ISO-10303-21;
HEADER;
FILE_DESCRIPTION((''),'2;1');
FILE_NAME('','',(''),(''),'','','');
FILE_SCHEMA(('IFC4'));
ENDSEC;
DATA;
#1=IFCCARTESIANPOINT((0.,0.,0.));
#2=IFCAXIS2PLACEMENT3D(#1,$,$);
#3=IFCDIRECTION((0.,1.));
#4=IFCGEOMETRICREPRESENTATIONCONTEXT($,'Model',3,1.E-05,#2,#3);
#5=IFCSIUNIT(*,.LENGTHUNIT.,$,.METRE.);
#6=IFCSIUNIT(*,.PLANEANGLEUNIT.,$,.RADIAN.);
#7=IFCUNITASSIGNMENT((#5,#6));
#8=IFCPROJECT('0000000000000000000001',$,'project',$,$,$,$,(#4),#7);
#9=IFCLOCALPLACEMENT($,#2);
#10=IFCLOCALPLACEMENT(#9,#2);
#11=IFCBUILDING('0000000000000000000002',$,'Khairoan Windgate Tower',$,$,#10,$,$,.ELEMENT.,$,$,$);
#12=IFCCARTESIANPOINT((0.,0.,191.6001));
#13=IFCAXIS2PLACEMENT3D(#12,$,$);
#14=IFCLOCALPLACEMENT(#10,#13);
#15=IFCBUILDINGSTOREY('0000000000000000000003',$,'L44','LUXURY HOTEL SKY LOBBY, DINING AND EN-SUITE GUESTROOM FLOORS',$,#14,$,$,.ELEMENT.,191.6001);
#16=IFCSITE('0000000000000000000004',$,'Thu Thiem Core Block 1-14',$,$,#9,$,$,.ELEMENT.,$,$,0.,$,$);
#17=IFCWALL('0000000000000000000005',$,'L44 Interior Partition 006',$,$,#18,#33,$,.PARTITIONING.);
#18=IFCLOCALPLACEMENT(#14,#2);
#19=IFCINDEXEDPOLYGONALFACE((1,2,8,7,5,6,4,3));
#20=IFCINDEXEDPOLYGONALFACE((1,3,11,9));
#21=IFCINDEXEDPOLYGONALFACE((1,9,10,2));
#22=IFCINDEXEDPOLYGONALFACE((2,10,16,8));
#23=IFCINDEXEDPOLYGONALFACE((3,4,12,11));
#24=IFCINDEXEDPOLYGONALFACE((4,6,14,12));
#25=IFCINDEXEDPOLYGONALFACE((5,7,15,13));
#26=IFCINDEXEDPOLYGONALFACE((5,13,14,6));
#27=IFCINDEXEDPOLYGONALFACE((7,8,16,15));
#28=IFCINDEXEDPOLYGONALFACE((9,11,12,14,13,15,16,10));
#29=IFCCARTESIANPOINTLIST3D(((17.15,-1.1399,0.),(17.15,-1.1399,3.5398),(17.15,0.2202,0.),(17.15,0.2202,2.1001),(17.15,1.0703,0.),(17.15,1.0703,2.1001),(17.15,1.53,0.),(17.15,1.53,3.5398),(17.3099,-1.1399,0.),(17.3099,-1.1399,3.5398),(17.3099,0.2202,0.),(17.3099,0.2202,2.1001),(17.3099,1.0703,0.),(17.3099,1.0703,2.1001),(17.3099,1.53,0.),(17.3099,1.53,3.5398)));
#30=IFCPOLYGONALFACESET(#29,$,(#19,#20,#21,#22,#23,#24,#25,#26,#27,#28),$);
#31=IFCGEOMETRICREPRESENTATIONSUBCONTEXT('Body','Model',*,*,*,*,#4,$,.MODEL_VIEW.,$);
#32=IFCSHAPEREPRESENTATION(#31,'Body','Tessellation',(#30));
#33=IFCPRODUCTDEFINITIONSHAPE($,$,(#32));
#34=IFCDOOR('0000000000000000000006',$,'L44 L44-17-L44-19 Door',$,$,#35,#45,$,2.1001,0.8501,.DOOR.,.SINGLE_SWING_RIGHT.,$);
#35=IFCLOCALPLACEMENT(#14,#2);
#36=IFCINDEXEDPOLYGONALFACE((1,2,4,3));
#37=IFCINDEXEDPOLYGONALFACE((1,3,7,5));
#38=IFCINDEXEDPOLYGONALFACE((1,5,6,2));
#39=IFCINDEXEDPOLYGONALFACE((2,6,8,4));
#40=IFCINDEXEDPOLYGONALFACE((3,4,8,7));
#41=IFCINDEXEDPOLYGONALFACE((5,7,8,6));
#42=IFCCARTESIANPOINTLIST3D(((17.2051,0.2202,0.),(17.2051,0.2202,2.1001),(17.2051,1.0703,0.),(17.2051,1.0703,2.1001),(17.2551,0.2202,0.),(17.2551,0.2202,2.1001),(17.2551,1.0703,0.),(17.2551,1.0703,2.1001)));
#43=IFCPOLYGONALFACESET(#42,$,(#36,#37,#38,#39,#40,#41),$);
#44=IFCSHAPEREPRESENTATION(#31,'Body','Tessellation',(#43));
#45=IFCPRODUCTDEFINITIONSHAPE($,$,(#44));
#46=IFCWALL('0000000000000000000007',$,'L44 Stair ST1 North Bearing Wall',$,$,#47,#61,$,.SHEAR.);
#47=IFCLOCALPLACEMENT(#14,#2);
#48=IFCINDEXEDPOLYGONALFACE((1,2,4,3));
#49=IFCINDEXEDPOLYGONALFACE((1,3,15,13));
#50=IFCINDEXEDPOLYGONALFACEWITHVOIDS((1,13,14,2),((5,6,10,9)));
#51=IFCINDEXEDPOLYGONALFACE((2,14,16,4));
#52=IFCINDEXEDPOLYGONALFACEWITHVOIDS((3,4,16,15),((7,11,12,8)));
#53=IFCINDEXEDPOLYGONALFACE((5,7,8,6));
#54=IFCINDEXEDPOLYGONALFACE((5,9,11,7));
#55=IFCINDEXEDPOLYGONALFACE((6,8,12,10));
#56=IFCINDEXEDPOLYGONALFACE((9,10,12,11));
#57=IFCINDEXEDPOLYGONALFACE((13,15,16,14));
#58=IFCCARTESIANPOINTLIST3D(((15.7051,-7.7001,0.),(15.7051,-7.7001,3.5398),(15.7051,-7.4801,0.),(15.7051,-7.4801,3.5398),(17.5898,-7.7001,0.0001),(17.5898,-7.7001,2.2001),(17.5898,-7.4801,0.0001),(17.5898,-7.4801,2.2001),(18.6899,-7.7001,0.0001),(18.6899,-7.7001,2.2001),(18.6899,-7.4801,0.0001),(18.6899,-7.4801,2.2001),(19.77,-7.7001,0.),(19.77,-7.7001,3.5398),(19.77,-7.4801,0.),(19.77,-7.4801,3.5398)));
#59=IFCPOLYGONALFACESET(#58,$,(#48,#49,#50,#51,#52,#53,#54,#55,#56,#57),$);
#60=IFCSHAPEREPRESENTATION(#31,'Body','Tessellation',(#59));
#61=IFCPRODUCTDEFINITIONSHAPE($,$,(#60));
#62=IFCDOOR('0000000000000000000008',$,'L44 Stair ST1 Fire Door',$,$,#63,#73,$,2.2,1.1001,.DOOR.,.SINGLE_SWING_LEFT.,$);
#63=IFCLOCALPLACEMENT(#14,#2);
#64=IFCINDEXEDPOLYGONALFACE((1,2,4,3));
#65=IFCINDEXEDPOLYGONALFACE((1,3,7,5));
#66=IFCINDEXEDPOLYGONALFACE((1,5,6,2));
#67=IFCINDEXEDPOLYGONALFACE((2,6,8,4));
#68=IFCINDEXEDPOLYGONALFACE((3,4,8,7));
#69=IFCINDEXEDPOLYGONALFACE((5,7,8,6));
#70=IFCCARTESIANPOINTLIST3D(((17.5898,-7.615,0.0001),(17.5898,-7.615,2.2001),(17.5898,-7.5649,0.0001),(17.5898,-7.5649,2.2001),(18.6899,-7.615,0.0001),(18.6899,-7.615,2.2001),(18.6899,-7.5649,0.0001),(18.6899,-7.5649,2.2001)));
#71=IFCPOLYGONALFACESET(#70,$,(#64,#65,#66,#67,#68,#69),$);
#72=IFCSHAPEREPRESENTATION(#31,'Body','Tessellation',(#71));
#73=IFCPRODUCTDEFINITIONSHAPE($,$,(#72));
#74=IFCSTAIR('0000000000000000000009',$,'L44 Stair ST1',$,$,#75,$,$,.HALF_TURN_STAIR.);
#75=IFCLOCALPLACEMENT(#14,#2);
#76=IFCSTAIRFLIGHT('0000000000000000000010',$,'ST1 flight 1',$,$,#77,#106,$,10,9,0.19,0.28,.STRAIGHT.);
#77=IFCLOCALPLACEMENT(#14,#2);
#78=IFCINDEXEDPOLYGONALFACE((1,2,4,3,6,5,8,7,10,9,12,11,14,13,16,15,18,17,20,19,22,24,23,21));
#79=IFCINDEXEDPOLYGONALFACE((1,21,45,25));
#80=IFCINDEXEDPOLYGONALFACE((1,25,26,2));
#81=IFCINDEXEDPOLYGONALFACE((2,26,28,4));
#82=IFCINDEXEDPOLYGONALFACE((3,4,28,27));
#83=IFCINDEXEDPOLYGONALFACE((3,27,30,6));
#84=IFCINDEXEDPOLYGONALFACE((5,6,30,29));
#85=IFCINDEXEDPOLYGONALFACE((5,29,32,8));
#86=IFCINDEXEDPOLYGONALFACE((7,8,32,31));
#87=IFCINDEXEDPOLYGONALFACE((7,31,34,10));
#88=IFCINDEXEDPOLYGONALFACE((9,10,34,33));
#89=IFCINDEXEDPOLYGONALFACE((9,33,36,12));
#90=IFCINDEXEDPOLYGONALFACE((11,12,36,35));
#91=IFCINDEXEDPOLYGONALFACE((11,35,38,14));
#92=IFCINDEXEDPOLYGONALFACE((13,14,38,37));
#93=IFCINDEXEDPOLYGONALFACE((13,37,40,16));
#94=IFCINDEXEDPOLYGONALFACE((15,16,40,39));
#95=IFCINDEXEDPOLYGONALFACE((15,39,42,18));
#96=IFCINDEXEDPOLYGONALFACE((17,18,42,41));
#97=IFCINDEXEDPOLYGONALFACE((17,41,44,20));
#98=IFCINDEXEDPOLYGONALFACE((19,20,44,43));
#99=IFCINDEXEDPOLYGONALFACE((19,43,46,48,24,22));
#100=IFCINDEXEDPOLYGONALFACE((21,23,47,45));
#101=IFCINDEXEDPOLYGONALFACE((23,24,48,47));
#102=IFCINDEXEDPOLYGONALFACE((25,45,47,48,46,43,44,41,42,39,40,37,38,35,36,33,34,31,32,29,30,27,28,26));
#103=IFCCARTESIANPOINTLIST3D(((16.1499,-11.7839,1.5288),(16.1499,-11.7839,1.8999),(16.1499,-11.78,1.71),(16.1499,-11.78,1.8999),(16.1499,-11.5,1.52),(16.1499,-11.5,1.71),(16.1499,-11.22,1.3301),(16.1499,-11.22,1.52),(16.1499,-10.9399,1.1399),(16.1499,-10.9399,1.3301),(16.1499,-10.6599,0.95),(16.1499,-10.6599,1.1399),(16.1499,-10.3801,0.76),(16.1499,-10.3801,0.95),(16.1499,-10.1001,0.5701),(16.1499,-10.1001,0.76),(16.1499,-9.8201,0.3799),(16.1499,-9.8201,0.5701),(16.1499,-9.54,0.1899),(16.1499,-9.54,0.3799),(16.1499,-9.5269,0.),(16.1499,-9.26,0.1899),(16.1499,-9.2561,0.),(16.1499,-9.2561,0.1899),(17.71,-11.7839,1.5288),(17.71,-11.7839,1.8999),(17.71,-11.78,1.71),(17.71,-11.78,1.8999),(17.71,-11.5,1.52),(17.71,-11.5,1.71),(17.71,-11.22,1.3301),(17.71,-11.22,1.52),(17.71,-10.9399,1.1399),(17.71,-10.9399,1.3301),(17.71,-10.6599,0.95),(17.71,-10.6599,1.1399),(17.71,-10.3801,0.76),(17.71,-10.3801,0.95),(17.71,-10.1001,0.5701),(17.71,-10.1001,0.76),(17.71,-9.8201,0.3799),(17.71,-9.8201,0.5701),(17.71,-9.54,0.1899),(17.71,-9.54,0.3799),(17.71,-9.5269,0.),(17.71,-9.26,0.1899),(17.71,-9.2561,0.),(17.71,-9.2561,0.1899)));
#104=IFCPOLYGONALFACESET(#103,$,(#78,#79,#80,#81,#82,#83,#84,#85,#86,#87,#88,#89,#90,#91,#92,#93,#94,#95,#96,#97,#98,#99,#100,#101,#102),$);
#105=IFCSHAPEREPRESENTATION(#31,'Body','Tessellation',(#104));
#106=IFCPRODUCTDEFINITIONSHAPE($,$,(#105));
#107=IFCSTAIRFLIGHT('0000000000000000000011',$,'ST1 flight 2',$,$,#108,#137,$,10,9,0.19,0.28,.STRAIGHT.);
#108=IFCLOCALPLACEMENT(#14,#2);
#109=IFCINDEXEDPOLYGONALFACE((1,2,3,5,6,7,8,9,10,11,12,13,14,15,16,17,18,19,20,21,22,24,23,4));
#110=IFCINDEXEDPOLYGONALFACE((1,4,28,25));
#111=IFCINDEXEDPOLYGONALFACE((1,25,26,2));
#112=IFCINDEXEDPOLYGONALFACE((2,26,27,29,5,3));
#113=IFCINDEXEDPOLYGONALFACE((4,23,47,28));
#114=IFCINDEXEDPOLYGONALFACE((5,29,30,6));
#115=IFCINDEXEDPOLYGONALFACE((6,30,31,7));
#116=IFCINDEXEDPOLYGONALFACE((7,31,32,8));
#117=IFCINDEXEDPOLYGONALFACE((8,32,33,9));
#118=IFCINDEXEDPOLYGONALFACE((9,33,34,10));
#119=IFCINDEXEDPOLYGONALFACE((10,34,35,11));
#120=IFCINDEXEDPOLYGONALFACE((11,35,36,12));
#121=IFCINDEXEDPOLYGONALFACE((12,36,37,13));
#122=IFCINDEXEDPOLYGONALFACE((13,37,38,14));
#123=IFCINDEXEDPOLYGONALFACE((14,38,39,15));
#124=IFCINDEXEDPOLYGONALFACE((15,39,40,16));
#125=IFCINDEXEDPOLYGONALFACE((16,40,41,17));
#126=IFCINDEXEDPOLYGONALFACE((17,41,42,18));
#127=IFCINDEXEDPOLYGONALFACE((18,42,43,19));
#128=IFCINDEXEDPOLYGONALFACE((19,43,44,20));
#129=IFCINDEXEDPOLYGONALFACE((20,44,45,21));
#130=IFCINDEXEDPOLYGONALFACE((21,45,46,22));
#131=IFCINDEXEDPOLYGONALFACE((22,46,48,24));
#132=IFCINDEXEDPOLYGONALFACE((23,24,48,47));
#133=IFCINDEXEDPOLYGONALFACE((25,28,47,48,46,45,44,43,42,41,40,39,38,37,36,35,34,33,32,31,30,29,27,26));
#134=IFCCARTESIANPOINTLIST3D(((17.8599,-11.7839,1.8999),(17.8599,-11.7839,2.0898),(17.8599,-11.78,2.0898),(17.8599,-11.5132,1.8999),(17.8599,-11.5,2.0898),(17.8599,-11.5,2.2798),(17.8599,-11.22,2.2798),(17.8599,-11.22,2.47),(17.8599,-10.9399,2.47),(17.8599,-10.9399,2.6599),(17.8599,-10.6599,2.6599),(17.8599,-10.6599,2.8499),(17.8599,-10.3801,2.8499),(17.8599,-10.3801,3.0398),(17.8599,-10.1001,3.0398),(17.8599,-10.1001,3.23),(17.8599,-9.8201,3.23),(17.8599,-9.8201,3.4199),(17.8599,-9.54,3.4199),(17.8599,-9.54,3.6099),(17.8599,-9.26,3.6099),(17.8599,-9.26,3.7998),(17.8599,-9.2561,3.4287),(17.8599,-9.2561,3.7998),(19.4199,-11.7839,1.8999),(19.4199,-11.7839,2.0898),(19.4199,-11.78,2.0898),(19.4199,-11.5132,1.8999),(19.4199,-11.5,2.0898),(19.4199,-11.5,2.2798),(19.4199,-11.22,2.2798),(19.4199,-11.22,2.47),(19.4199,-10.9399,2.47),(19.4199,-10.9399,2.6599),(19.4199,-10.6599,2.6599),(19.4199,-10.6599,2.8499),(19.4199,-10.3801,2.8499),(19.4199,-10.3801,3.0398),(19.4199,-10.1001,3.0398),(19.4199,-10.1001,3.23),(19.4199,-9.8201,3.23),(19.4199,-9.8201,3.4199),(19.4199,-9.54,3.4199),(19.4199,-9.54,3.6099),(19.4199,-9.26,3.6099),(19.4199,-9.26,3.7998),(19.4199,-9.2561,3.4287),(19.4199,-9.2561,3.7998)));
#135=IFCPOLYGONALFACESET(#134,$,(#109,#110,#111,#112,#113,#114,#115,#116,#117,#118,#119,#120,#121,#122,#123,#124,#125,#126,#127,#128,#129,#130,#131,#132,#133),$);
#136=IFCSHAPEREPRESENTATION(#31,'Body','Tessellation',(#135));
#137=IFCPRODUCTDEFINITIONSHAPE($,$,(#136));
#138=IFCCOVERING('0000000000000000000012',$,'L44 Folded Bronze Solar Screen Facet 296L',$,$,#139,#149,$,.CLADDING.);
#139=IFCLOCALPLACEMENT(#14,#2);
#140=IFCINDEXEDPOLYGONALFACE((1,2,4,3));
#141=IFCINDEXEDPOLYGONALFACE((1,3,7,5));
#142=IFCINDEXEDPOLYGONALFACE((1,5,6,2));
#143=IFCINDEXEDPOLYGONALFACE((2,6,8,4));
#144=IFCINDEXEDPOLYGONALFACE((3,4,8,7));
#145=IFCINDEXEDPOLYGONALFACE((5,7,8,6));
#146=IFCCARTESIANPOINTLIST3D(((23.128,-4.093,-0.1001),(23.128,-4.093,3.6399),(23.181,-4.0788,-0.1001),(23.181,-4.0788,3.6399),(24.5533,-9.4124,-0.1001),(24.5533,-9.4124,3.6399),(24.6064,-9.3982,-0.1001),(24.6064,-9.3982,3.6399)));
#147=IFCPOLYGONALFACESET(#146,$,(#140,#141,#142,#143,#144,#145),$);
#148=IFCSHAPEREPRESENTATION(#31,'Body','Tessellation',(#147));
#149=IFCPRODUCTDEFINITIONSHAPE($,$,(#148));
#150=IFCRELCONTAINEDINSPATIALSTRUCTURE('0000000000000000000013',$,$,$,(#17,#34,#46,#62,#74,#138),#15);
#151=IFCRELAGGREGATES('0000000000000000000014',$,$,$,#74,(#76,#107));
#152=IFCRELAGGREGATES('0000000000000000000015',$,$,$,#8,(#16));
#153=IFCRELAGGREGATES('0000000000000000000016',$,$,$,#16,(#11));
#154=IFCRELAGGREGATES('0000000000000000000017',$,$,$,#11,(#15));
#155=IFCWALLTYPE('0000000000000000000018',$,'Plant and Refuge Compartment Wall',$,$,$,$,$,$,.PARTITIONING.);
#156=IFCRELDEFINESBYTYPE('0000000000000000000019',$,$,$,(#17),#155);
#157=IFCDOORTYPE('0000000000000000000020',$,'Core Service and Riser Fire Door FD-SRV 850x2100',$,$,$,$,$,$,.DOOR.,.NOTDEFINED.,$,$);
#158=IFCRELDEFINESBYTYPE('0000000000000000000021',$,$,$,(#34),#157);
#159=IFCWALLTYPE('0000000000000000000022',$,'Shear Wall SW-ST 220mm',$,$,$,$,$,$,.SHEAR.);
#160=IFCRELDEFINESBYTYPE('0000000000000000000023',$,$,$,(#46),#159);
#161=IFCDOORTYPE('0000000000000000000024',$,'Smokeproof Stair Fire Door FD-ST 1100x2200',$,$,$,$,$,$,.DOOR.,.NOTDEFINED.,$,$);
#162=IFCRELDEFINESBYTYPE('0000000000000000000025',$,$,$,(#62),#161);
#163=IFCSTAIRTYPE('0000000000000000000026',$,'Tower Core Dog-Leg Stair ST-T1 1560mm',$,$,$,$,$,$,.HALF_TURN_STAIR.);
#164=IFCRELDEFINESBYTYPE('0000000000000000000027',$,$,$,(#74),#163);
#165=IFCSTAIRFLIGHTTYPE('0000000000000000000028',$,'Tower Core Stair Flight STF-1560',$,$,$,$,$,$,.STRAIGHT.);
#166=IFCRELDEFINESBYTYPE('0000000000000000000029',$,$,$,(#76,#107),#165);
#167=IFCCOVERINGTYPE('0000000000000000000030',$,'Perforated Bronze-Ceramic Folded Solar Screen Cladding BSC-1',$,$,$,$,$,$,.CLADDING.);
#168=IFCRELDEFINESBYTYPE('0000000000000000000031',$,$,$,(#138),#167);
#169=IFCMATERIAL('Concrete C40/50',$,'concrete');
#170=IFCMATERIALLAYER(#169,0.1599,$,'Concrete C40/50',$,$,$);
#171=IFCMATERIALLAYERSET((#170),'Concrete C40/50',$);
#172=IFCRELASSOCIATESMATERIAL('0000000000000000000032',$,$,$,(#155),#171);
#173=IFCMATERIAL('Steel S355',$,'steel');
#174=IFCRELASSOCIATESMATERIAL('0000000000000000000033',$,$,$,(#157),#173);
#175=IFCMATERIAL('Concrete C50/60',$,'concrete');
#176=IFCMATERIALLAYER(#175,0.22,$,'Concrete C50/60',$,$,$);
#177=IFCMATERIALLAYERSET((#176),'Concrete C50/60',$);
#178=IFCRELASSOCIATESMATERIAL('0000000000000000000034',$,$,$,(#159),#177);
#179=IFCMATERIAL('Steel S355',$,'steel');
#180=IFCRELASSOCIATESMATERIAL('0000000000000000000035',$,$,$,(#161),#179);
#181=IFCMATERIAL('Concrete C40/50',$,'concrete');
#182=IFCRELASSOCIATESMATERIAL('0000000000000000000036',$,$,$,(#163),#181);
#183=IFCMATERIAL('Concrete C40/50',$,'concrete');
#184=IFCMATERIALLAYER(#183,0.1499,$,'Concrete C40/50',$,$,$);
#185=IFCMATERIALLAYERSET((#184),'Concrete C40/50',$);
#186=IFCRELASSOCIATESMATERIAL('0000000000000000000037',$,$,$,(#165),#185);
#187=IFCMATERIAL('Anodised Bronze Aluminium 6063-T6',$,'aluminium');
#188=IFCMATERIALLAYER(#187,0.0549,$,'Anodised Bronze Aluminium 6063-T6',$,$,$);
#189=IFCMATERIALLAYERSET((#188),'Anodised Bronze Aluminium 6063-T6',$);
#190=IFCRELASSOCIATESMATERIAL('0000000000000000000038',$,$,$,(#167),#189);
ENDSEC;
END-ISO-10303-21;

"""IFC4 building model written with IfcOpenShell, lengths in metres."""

from ifc_helpers import new_model, si_unit, direction, frame, frame_2d, origin, origin_2d, place, context, subcontext, project, spatial, polyline, rectangle, outline, extrude, material, layer, layer_set, type_object, element, fill, aggregate, save


model = new_model("IFC4")

# Units and contexts
model_context = context("Model", 3, precision=1e-05, world=origin(), true_north=direction((0.0, 1.0)))
body_context = subcontext(model_context, "Body", "Model", "MODEL_VIEW")
ifc_project = project(units=[si_unit("LENGTHUNIT", "METRE"), si_unit("PLANEANGLEUNIT", "RADIAN")], contexts=[model_context])

# Site, building, storey
site_placement = place(None, origin())
site = spatial("IfcSite", under=ifc_project, at=site_placement, Name="Thu Thiem Core Block 1-14", CompositionType="ELEMENT", RefElevation=0.0)
building_placement = place(site_placement, origin())
building = spatial("IfcBuilding", under=site, at=building_placement, Name="Khairoan Windgate Tower", CompositionType="ELEMENT")
storey_placement = place(building_placement, frame((0.0, 0.0, 191.6001)))
storey = spatial("IfcBuildingStorey", under=building, at=storey_placement, Name="L44", Description="LUXURY HOTEL SKY LOBBY, DINING AND EN-SUITE GUESTROOM FLOORS", CompositionType="ELEMENT", Elevation=191.6001)

# Walls, openings, doors
ifc_material_1 = material(Name="Concrete C40/50", Category="concrete")
ifc_layer_1 = layer(ifc_material_1, 0.1599, Name="Concrete C40/50")
ifc_layer_set_1 = layer_set([ifc_layer_1], Name="Concrete C40/50")
wall_type_1 = type_object("IfcWallType", Name="Plant and Refuge Compartment Wall", PredefinedType="PARTITIONING", material=ifc_layer_set_1)
wall_1_placement = place(storey_placement, frame((17.23, -1.1399, 0.0), z_axis=(0.0, 0.0, 1.0), x_axis=(0.0, 1.0, 0.0)))
wall_1 = element("IfcWall", 1, at=wall_1_placement, inside=storey, type_object=wall_type_1, Name="L44 Interior Partition 006", PredefinedType="PARTITIONING", context=body_context, shape_type="SweptSolid", body=[
    extrude(rectangle(XDim=2.6699, YDim=0.1599, at=frame_2d((1.335, 0.0))), origin(), (0.0, 0.0, 1.0), 3.5398),
])
opening_1_placement = place(wall_1_placement, frame((1.3601, 0.0, 0.0)))
opening_1 = element("IfcOpeningElement", 2, at=opening_1_placement, cuts=wall_1, PredefinedType="OPENING", context=body_context, shape_type="SweptSolid", body=[
    extrude(rectangle(XDim=0.8501, YDim=2.1001, at=frame_2d((0.425, 1.05))), frame((0.0, 0.0898, 0.0), z_axis=(0.0, -1.0, 0.0), x_axis=(1.0, 0.0, 0.0)), (0.0, 0.0, 1.0), 0.1799),
])
ifc_material_2 = material(Name="Steel S355", Category="steel")
door_type_1 = type_object("IfcDoorType", Name="Core Service and Riser Fire Door FD-SRV 850x2100", OperationType="NOTDEFINED", PredefinedType="DOOR", material=ifc_material_2)
door_1_placement = place(opening_1_placement, origin())
door_1 = element("IfcDoor", 3, at=door_1_placement, inside=storey, type_object=door_type_1, Name="L44 L44-17-L44-19 Door", OperationType="SINGLE_SWING_RIGHT", OverallHeight=2.1001, OverallWidth=0.8501, PredefinedType="DOOR", context=body_context, shape_type="SweptSolid", body=[
    extrude(rectangle(XDim=0.8501, YDim=2.1001, at=frame_2d((0.425, 1.05))), frame((0.0, 0.0249, 0.0), z_axis=(0.0, -1.0, 0.0), x_axis=(1.0, 0.0, 0.0)), (0.0, 0.0, 1.0), 0.05),
])
fill(opening_1, door_1)
ifc_material_3 = material(Name="Concrete C50/60", Category="concrete")
ifc_layer_2 = layer(ifc_material_3, 0.22, Name="Concrete C50/60")
ifc_layer_set_2 = layer_set([ifc_layer_2], Name="Concrete C50/60")
wall_type_2 = type_object("IfcWallType", Name="Shear Wall SW-ST 220mm", PredefinedType="SHEAR", material=ifc_layer_set_2)
wall_2_placement = place(storey_placement, frame((19.77, -7.5901, 0.0), z_axis=(0.0, 0.0, 1.0), x_axis=(-1.0, 0.0, 0.0)))
wall_2 = element("IfcWall", 4, at=wall_2_placement, inside=storey, type_object=wall_type_2, Name="L44 Stair ST1 North Bearing Wall", PredefinedType="SHEAR", context=body_context, shape_type="SweptSolid", body=[
    extrude(rectangle(XDim=4.0649, YDim=0.22, at=frame_2d((2.0325, 0.0))), origin(), (0.0, 0.0, 1.0), 3.5398),
])
opening_2_placement = place(wall_2_placement, frame((1.0801, 0.0, 0.0)))
opening_2 = element("IfcOpeningElement", 5, at=opening_2_placement, cuts=wall_2, PredefinedType="OPENING", context=body_context, shape_type="SweptSolid", body=[
    extrude(rectangle(XDim=1.1001, YDim=2.2, at=frame_2d((0.55, 1.1001))), frame((0.0, 0.1199, 0.0), z_axis=(0.0, -1.0, 0.0), x_axis=(1.0, 0.0, 0.0)), (0.0, 0.0, 1.0), 0.24),
])
ifc_material_4 = material(Name="Steel S355", Category="steel")
door_type_2 = type_object("IfcDoorType", Name="Smokeproof Stair Fire Door FD-ST 1100x2200", OperationType="NOTDEFINED", PredefinedType="DOOR", material=ifc_material_4)
door_2_placement = place(opening_2_placement, origin())
door_2 = element("IfcDoor", 6, at=door_2_placement, inside=storey, type_object=door_type_2, Name="L44 Stair ST1 Fire Door", OperationType="SINGLE_SWING_LEFT", OverallHeight=2.2, OverallWidth=1.1001, PredefinedType="DOOR", context=body_context, shape_type="SweptSolid", body=[
    extrude(rectangle(XDim=1.1001, YDim=2.2, at=frame_2d((0.55, 1.1001))), frame((0.0, 0.0249, 0.0), z_axis=(0.0, -1.0, 0.0), x_axis=(1.0, 0.0, 0.0)), (0.0, 0.0, 1.0), 0.05),
])
fill(opening_2, door_2)

# Stair, stair flights
ifc_material_5 = material(Name="Concrete C40/50", Category="concrete")
stair_type = type_object("IfcStairType", Name="Tower Core Dog-Leg Stair ST-T1 1560mm", PredefinedType="HALF_TURN_STAIR", material=ifc_material_5)
stair_placement = place(storey_placement, origin())
stair = element("IfcStair", 7, at=stair_placement, inside=storey, type_object=stair_type, Name="L44 Stair ST1", PredefinedType="HALF_TURN_STAIR")
ifc_material_6 = material(Name="Concrete C40/50", Category="concrete")
ifc_layer_3 = layer(ifc_material_6, 0.1499, Name="Concrete C40/50")
ifc_layer_set_3 = layer_set([ifc_layer_3], Name="Concrete C40/50")
stair_flight_type = type_object("IfcStairFlightType", Name="Tower Core Stair Flight STF-1560", PredefinedType="STRAIGHT", material=ifc_layer_set_3)
stair_flight_1_placement = place(storey_placement, frame((16.9299, -9.26, 0.0), z_axis=(0.0, 0.0, 1.0), x_axis=(0.0, -1.0, 0.0)))
stair_flight_1 = element("IfcStairFlight", 8, at=stair_flight_1_placement, type_object=stair_flight_type, Name="ST1 flight 1", NumberOfRisers=10, NumberOfTreads=9, PredefinedType="STRAIGHT", RiserHeight=0.19, TreadLength=0.28, context=body_context, shape_type="SweptSolid", body=[
    extrude(outline(polyline([(-0.0039, 0.0), (-0.0039, 0.1899), (0.0, 0.1899), (0.28, 0.1899), (0.28, 0.3799), (0.5601, 0.3799), (0.5601, 0.5701), (0.8401, 0.5701), (0.8401, 0.76), (1.1201, 0.76), (1.1201, 0.95), (1.3999, 0.95), (1.3999, 1.1399), (1.6799, 1.1399), (1.6799, 1.3301), (1.96, 1.3301), (1.96, 1.52), (2.24, 1.52), (2.24, 1.71), (2.52, 1.71), (2.52, 1.8999), (2.5239, 1.8999), (2.5239, 1.5288), (0.2668, 0.0), (-0.0039, 0.0)])), frame((0.0, 0.78, 0.0), z_axis=(0.0, -1.0, 0.0), x_axis=(1.0, 0.0, 0.0)), (0.0, 0.0, 1.0), 1.5601),
])
stair_flight_2_placement = place(storey_placement, frame((18.6399, -11.78, 1.8999), z_axis=(0.0, 0.0, 1.0), x_axis=(0.0, 1.0, 0.0)))
stair_flight_2 = element("IfcStairFlight", 9, at=stair_flight_2_placement, type_object=stair_flight_type, Name="ST1 flight 2", NumberOfRisers=10, NumberOfTreads=9, PredefinedType="STRAIGHT", RiserHeight=0.19, TreadLength=0.28, context=body_context, shape_type="SweptSolid", body=[
    extrude(outline(polyline([(-0.0039, 0.0), (-0.0039, 0.1899), (0.0, 0.1899), (0.28, 0.1899), (0.28, 0.3799), (0.5601, 0.3799), (0.5601, 0.5701), (0.8401, 0.5701), (0.8401, 0.76), (1.1201, 0.76), (1.1201, 0.95), (1.3999, 0.95), (1.3999, 1.1399), (1.6799, 1.1399), (1.6799, 1.3301), (1.96, 1.3301), (1.96, 1.52), (2.24, 1.52), (2.24, 1.71), (2.52, 1.71), (2.52, 1.8999), (2.5239, 1.8999), (2.5239, 1.5288), (0.2668, 0.0), (-0.0039, 0.0)])), frame((0.0, 0.78, 0.0), z_axis=(0.0, -1.0, 0.0), x_axis=(1.0, 0.0, 0.0)), (0.0, 0.0, 1.0), 1.5601),
])
aggregate(stair, [stair_flight_1, stair_flight_2])

# Covering
ifc_material_7 = material(Name="Anodised Bronze Aluminium 6063-T6", Category="aluminium")
ifc_layer_4 = layer(ifc_material_7, 0.0549, Name="Anodised Bronze Aluminium 6063-T6")
ifc_layer_set_4 = layer_set([ifc_layer_4], Name="Anodised Bronze Aluminium 6063-T6")
covering_type = type_object("IfcCoveringType", Name="Perforated Bronze-Ceramic Folded Solar Screen Cladding BSC-1", PredefinedType="CLADDING", material=ifc_layer_set_4)
covering_placement = place(storey_placement, frame((23.8672, -6.7456, -0.1001), z_axis=(0.0, 0.0, 1.0), x_axis=(0.258819, -0.965926, 0.0)))
element("IfcCovering", 10, at=covering_placement, inside=storey, type_object=covering_type, Name="L44 Folded Bronze Solar Screen Facet 296L", PredefinedType="CLADDING", context=body_context, shape_type="SweptSolid", body=[
    extrude(rectangle(XDim=5.5071, YDim=0.0549, at=origin_2d()), origin(), (0.0, 0.0, 1.0), 3.74),
])

save(model, "model.ifc")
